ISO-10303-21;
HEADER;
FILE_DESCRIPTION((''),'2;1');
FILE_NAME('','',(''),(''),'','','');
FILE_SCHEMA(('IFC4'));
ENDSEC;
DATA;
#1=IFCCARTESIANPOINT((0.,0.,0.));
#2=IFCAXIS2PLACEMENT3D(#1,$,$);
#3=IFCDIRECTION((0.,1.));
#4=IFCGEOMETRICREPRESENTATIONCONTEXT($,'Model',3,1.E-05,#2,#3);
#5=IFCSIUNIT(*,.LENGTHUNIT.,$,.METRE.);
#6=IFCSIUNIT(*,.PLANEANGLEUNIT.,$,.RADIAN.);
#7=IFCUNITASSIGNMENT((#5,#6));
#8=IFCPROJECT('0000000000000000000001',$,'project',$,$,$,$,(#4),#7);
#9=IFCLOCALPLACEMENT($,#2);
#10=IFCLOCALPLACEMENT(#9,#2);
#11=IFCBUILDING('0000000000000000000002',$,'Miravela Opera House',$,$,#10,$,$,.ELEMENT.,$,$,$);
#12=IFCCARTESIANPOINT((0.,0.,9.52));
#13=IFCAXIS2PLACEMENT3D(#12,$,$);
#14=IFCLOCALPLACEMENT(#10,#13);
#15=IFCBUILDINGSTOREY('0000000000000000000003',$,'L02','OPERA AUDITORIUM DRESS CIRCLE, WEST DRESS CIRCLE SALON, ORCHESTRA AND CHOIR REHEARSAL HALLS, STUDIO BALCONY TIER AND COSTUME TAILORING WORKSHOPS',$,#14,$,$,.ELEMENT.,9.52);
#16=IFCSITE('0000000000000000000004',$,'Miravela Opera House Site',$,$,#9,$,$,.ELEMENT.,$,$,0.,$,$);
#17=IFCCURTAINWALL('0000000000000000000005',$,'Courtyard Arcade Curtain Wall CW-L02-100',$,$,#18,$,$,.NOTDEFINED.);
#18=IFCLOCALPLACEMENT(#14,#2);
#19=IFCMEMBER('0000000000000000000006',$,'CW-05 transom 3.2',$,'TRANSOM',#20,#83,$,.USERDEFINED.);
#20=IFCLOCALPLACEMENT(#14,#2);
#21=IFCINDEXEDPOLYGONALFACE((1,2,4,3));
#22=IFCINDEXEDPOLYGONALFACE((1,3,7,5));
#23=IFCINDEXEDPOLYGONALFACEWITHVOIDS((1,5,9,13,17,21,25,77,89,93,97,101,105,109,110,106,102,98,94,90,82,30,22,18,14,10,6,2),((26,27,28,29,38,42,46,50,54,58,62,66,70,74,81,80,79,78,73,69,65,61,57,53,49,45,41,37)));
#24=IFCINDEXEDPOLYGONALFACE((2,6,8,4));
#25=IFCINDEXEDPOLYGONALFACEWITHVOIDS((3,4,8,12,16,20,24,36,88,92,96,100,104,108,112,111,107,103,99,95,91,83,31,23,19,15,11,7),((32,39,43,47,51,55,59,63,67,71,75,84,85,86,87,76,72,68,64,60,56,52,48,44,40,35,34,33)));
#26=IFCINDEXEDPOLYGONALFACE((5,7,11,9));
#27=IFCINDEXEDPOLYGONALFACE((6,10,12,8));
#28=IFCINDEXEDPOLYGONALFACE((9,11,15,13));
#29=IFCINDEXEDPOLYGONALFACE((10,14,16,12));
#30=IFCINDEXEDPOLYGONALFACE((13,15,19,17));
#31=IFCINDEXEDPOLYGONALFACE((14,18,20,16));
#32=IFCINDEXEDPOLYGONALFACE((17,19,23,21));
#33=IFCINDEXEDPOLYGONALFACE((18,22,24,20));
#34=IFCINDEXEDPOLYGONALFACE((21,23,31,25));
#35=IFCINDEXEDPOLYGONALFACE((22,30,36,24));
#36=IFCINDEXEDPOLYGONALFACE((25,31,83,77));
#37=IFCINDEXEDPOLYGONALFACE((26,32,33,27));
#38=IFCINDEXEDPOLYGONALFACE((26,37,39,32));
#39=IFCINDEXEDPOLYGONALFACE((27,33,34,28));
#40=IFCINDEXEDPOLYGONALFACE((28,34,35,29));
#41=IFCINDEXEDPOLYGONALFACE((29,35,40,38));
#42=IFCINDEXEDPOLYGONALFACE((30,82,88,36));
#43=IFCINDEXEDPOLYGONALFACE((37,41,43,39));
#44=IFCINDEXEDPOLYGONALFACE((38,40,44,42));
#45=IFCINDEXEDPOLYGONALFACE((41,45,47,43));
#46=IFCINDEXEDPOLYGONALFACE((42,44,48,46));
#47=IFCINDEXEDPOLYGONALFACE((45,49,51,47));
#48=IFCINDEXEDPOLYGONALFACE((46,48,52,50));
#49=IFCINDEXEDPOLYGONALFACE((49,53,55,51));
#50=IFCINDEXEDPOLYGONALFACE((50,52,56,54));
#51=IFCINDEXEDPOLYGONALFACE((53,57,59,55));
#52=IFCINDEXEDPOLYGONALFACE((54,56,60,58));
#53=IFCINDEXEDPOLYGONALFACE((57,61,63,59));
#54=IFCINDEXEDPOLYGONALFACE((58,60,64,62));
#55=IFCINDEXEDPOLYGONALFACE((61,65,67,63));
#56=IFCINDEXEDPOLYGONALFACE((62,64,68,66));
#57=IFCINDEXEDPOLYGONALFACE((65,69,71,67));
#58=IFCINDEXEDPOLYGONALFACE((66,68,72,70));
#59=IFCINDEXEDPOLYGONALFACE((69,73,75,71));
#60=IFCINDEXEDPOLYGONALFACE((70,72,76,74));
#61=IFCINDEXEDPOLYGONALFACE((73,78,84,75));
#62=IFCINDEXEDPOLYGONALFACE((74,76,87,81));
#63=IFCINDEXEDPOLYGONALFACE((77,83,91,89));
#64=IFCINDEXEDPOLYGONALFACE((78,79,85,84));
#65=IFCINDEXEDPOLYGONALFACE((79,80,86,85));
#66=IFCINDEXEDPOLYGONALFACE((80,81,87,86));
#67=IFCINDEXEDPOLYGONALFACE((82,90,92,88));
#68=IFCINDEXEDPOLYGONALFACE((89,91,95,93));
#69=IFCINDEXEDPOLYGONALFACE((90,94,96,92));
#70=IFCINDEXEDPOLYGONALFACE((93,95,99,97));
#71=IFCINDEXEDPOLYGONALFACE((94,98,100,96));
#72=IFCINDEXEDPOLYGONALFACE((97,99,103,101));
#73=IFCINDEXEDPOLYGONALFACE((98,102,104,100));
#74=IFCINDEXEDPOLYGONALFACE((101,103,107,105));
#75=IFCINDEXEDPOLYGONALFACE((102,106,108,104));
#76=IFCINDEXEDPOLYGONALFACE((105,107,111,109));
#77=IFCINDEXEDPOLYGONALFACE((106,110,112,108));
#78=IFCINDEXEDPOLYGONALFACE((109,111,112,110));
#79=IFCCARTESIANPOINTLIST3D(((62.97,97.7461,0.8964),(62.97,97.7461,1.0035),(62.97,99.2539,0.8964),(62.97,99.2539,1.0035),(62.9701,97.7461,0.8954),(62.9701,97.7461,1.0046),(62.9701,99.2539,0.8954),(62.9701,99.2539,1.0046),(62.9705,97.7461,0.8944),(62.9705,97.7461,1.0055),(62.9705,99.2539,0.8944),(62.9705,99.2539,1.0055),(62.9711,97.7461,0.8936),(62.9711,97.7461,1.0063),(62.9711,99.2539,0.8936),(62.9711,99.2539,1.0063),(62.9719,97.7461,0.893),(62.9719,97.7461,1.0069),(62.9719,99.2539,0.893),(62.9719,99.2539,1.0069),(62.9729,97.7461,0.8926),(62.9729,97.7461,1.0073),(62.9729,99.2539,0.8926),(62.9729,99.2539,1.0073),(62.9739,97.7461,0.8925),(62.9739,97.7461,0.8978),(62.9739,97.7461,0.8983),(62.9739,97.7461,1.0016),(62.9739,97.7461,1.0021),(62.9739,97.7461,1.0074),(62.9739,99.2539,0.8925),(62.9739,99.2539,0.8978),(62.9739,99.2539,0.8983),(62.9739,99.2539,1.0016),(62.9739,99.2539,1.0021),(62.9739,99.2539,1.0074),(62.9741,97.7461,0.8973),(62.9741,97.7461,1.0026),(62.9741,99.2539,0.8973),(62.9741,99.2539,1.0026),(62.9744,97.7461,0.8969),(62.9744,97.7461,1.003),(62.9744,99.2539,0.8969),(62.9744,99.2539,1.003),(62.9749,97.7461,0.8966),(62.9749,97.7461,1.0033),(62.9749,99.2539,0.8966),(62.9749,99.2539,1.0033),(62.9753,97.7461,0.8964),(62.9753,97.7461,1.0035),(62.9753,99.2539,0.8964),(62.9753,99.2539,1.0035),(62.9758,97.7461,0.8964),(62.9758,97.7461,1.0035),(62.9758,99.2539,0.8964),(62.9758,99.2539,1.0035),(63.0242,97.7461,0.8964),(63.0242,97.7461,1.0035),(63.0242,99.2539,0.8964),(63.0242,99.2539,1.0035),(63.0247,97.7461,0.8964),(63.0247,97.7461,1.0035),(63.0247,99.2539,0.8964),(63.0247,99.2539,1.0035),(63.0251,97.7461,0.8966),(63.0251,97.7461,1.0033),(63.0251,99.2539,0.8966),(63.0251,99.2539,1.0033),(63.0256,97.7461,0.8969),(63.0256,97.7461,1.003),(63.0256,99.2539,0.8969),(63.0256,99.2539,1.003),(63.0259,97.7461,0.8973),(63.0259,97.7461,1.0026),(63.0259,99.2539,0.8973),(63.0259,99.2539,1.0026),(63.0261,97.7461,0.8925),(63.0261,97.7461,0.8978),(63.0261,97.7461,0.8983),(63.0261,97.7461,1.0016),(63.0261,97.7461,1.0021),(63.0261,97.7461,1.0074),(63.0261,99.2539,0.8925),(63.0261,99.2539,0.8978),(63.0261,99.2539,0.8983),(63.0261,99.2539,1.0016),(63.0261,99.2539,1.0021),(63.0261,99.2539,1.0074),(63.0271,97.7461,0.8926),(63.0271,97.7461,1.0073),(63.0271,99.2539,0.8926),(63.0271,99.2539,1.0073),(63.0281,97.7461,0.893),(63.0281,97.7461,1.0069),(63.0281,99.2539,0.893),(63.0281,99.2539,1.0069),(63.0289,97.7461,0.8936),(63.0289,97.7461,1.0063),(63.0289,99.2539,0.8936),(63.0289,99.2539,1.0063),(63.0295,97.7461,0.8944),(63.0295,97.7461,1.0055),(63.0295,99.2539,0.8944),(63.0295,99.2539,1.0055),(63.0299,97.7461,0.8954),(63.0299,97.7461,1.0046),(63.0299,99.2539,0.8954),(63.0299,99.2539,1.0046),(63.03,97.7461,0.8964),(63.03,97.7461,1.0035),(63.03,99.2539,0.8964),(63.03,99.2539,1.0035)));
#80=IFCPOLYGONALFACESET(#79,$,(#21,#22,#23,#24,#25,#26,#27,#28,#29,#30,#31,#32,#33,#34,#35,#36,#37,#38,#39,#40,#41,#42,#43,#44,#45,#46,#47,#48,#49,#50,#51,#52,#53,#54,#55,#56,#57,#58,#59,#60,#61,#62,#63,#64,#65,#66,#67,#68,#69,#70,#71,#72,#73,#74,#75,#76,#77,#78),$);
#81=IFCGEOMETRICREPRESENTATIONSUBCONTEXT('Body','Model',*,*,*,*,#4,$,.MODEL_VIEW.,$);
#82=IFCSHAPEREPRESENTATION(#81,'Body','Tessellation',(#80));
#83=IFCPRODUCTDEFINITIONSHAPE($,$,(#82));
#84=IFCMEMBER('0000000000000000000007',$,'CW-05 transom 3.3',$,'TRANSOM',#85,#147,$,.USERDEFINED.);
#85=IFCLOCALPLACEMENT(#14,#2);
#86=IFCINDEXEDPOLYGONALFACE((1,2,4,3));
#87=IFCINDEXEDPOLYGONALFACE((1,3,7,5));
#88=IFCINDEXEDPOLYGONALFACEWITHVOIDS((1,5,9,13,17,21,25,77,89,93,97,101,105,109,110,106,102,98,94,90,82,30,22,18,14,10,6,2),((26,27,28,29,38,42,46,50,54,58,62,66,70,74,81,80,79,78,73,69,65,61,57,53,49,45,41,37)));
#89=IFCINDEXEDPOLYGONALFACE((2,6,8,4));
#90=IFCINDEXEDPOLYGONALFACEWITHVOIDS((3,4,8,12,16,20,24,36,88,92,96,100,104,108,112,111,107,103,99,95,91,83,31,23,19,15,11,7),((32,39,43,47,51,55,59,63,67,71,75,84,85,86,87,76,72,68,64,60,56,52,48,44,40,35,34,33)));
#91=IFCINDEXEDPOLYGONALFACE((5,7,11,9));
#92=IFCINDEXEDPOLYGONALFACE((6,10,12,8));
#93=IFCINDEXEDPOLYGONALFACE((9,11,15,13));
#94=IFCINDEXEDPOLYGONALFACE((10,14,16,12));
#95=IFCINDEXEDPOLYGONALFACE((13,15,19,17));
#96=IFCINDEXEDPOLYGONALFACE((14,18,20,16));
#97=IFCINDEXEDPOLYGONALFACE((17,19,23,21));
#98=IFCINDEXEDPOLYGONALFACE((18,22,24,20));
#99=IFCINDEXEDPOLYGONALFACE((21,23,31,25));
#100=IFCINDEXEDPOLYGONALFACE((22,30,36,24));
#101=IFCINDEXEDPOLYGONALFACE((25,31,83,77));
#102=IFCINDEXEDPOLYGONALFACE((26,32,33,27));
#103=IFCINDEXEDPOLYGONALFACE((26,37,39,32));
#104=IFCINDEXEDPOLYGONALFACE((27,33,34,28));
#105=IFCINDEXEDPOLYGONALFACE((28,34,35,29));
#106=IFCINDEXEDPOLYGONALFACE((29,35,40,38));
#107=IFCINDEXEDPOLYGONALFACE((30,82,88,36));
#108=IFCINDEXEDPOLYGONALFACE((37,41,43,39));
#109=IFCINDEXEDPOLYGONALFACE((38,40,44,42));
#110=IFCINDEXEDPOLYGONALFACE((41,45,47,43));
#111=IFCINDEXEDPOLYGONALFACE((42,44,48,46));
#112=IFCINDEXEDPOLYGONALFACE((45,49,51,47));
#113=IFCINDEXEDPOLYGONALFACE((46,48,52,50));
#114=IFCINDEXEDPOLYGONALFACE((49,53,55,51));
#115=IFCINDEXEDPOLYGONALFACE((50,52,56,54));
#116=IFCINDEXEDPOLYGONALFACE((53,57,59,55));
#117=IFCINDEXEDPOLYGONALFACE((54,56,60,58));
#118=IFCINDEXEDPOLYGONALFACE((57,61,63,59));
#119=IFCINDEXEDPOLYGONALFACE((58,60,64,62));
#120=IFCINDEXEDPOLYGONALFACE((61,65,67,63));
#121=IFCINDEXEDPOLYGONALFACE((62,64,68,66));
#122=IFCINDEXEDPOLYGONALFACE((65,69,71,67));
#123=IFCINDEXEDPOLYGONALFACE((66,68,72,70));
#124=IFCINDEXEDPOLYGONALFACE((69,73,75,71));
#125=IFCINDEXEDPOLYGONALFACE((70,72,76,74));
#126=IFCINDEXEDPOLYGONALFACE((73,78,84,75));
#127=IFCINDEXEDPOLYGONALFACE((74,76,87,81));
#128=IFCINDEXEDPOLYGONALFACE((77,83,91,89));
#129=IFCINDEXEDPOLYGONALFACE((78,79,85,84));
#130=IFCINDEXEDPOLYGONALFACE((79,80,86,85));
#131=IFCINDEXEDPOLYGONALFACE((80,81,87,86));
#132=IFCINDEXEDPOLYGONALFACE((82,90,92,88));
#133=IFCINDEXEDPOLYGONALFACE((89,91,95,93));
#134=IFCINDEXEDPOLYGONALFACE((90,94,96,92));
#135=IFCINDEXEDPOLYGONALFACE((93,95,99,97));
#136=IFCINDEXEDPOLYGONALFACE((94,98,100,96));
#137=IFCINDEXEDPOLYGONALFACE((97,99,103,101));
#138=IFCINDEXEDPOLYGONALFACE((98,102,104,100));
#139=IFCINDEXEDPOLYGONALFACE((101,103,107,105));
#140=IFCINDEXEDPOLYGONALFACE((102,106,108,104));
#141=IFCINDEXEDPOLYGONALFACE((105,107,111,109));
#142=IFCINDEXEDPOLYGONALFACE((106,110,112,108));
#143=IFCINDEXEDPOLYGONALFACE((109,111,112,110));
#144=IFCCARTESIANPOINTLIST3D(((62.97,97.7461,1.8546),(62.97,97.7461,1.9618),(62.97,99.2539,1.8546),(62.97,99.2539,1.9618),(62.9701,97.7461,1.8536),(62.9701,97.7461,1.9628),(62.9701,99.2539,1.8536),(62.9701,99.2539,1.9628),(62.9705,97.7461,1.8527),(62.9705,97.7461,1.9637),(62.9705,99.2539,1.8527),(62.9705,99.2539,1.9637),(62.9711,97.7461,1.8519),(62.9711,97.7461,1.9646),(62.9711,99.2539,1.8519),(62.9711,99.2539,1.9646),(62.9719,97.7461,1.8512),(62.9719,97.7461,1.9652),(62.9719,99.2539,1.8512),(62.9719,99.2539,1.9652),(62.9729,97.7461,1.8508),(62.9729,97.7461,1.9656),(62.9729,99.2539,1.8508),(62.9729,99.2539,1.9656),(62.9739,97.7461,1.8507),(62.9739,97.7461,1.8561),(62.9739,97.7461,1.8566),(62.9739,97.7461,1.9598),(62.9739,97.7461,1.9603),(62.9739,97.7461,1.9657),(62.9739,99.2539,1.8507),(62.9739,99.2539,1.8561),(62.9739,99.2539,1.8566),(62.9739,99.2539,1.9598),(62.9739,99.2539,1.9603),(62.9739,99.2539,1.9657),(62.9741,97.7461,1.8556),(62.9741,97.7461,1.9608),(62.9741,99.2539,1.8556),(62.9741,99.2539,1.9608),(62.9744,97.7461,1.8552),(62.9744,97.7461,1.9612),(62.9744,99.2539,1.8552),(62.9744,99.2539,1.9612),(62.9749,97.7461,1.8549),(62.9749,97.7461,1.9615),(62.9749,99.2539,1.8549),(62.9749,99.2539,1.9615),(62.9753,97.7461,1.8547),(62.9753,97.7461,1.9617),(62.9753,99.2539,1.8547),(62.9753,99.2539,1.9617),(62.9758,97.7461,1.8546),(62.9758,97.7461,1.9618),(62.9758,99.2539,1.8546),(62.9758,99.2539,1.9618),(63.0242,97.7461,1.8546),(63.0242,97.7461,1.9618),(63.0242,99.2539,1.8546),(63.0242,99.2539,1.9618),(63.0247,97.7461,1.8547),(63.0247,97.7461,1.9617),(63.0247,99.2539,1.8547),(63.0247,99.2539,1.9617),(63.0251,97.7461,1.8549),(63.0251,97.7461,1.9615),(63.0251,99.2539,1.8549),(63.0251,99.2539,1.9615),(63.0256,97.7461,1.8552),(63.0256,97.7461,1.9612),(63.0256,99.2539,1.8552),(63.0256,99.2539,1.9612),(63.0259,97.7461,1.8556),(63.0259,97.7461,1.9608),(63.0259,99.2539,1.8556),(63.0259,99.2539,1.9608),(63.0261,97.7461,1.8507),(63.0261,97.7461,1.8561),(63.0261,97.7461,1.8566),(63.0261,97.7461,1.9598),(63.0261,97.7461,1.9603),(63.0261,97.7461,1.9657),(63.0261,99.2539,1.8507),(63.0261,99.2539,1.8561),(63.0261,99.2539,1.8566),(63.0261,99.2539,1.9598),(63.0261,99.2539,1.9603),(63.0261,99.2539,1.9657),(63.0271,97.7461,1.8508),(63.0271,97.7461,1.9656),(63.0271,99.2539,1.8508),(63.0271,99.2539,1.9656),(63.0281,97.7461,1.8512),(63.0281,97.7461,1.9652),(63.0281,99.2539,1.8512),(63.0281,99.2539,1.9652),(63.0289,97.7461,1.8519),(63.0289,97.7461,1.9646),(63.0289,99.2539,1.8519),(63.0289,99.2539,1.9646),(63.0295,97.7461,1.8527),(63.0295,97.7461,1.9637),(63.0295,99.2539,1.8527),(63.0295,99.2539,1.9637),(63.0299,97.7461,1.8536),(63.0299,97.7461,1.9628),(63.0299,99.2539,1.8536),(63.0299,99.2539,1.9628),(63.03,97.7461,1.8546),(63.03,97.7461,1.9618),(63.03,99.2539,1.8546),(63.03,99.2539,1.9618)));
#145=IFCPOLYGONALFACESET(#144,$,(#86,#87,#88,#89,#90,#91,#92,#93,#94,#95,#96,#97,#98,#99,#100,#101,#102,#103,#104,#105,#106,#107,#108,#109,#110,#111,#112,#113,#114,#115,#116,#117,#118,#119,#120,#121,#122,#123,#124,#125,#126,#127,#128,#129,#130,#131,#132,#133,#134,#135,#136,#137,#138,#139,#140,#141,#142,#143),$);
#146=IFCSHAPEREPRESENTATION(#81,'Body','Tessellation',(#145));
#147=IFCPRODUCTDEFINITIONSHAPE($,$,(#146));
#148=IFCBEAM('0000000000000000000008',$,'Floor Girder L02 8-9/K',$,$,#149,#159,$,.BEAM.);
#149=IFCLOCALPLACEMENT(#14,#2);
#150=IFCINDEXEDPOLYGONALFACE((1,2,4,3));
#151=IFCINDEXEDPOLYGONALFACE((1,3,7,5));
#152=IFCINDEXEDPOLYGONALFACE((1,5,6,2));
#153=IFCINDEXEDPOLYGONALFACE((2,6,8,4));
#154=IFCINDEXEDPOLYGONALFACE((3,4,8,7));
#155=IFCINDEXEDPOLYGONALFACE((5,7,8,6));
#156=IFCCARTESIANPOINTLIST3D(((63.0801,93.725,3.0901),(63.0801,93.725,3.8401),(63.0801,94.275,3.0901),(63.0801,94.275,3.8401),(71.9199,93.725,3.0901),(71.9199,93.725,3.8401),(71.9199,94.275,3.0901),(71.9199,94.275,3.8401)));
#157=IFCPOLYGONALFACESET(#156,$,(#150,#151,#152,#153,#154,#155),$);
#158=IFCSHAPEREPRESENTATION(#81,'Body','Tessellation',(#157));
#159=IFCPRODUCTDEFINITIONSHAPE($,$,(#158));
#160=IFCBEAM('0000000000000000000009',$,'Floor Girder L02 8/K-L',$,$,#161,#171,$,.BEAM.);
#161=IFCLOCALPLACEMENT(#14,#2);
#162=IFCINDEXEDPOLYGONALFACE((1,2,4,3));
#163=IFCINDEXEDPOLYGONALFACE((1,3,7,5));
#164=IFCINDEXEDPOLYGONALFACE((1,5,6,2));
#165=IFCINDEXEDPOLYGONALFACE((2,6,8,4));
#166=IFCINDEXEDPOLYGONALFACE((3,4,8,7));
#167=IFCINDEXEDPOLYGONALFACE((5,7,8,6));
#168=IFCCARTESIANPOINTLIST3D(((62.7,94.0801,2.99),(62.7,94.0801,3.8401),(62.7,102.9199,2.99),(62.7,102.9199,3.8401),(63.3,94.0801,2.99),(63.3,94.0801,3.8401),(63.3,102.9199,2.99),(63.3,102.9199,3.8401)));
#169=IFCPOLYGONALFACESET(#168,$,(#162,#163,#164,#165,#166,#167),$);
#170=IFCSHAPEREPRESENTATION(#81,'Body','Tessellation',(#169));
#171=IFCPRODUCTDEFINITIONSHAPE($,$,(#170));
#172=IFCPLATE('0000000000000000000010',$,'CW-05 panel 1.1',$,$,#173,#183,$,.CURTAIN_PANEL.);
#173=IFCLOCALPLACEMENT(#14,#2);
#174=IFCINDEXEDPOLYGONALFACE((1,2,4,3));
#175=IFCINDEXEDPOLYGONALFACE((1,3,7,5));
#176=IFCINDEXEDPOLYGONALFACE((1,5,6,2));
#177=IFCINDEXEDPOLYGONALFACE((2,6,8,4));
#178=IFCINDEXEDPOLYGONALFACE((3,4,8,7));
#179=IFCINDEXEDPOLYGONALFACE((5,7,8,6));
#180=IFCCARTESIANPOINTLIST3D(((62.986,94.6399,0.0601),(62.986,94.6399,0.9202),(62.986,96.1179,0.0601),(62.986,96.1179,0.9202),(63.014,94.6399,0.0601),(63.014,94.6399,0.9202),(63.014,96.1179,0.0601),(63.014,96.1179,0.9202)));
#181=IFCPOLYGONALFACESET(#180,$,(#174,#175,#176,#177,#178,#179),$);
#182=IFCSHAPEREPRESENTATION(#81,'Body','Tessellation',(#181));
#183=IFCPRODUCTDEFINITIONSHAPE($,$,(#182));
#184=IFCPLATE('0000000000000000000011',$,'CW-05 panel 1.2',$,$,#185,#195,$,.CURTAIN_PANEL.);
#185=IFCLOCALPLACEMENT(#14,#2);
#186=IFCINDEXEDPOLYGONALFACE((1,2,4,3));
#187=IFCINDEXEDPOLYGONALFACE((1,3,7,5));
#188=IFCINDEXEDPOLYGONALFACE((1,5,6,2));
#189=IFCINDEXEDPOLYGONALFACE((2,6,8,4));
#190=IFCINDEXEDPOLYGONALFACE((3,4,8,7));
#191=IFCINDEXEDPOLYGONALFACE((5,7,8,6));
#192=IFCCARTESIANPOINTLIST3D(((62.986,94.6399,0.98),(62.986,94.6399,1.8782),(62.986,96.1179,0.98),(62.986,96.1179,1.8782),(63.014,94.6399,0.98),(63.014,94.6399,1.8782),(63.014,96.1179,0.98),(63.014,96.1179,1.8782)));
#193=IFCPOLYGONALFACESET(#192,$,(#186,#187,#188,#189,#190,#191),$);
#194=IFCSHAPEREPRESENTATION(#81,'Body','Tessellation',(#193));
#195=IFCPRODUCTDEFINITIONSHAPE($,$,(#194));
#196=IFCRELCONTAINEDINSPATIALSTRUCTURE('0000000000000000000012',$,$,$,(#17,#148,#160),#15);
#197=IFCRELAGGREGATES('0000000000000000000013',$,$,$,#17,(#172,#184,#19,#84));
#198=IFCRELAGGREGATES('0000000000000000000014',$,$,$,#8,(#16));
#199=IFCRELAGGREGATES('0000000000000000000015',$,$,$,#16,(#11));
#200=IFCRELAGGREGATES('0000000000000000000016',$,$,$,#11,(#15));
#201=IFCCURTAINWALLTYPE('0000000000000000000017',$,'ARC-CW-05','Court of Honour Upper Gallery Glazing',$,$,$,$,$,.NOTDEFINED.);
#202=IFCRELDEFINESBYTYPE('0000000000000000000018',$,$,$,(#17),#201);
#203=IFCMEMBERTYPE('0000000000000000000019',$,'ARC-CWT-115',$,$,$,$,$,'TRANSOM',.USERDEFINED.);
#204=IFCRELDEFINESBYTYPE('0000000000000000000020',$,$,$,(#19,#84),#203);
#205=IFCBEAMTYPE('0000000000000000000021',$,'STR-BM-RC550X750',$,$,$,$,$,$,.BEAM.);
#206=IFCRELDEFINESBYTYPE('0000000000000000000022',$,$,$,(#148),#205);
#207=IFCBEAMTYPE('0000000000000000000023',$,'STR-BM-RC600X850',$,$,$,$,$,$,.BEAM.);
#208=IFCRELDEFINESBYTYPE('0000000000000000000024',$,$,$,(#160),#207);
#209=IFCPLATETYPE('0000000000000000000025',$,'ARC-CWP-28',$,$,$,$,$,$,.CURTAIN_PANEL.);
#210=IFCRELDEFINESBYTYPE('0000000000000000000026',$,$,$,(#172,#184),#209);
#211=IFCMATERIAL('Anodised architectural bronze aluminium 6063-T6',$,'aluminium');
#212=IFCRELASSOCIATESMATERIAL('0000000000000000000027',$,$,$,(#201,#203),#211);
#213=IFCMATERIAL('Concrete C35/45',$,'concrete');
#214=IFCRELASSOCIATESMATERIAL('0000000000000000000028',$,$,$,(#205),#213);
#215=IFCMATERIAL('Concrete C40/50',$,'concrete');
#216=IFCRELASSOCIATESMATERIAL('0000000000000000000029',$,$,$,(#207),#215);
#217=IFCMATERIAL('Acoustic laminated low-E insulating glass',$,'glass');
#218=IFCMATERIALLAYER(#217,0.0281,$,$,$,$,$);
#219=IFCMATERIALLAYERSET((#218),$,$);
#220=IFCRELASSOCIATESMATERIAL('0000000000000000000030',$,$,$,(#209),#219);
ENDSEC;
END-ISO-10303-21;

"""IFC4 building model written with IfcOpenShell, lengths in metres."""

from ifc_helpers import new_model, si_unit, direction, frame, origin, origin_2d, place, context, subcontext, project, spatial, rectangle, hollow_rectangle, extrude, material, layer, layer_set, material_profile, profile_set, type_object, element, aggregate, save


model = new_model("IFC4")

# Units and contexts
model_context = context("Model", 3, precision=1e-05, world=origin(), true_north=direction((0.0, 1.0)))
body_context = subcontext(model_context, "Body", "Model", "MODEL_VIEW")
ifc_project = project(units=[si_unit("LENGTHUNIT", "METRE"), si_unit("PLANEANGLEUNIT", "RADIAN")], contexts=[model_context])

# Site, building, storey
site_placement = place(None, origin())
site = spatial("IfcSite", under=ifc_project, at=site_placement, Name="Miravela Opera House Site", CompositionType="ELEMENT", RefElevation=0.0)
building_placement = place(site_placement, origin())
building = spatial("IfcBuilding", under=site, at=building_placement, Name="Miravela Opera House", CompositionType="ELEMENT")
storey_placement = place(building_placement, frame((0.0, 0.0, 9.52)))
storey = spatial("IfcBuildingStorey", under=building, at=storey_placement, Name="L02", Description="OPERA AUDITORIUM DRESS CIRCLE, WEST DRESS CIRCLE SALON, ORCHESTRA AND CHOIR REHEARSAL HALLS, STUDIO BALCONY TIER AND COSTUME TAILORING WORKSHOPS", CompositionType="ELEMENT", Elevation=9.52)

# Shared definitions
ifc_material_1 = material(Name="Concrete C35/45", Category="concrete")

# Curtain wall, members
ifc_material_2 = material(Name="Anodised architectural bronze aluminium 6063-T6", Category="aluminium")
curtain_wall_type = type_object("IfcCurtainWallType", Name="ARC-CW-05", Description="Court of Honour Upper Gallery Glazing", PredefinedType="NOTDEFINED", material=ifc_material_2)
curtain_wall_placement = place(storey_placement, origin())
curtain_wall = element("IfcCurtainWall", 1, at=curtain_wall_placement, inside=storey, type_object=curtain_wall_type, Name="Courtyard Arcade Curtain Wall CW-L02-100", PredefinedType="NOTDEFINED")
ifc_material_profile_1 = material_profile(ifc_material_2, hollow_rectangle(XDim=0.0601, YDim=0.115, WallThickness=0.0039, InnerFilletRadius=0.002, OuterFilletRadius=0.0039, at=origin_2d()), Name="CWT-60X115")
ifc_profile_set_1 = profile_set([ifc_material_profile_1])
member_type_1 = type_object("IfcMemberType", Name="ARC-CWT-115", ElementType="TRANSOM", PredefinedType="USERDEFINED", material=ifc_profile_set_1)
member_1_placement = place(storey_placement, frame((63.0, 97.7461, 0.95), z_axis=(0.0, 1.0, 0.0), x_axis=(-1.0, 0.0, 0.0)))
member_1 = element("IfcMember", 2, at=member_1_placement, type_object=member_type_1, Name="CW-05 transom 3.2", ObjectType="TRANSOM", PredefinedType="USERDEFINED", context=body_context, shape_type="SweptSolid", body=[
    extrude(hollow_rectangle(XDim=0.0601, YDim=0.115, WallThickness=0.0039, InnerFilletRadius=0.002, OuterFilletRadius=0.0039, at=origin_2d()), origin(), (0.0, 0.0, 1.0), 1.5078),
])
member_2_placement = place(storey_placement, frame((63.0, 97.7461, 1.9082), z_axis=(0.0, 1.0, 0.0), x_axis=(-1.0, 0.0, 0.0)))
member_2 = element("IfcMember", 3, at=member_2_placement, type_object=member_type_1, Name="CW-05 transom 3.3", ObjectType="TRANSOM", PredefinedType="USERDEFINED", context=body_context, shape_type="SweptSolid", body=[
    extrude(hollow_rectangle(XDim=0.0601, YDim=0.115, WallThickness=0.0039, InnerFilletRadius=0.002, OuterFilletRadius=0.0039, at=origin_2d()), origin(), (0.0, 0.0, 1.0), 1.5078),
])

# Beams
ifc_material_profile_2 = material_profile(ifc_material_1, rectangle(XDim=0.55, YDim=0.75, at=origin_2d()), Name="RC-BM-550X750")
ifc_profile_set_2 = profile_set([ifc_material_profile_2])
beam_type_1 = type_object("IfcBeamType", Name="STR-BM-RC550X750", PredefinedType="BEAM", material=ifc_profile_set_2)
beam_1_placement = place(storey_placement, frame((63.0801, 94.0, 3.4651), z_axis=(1.0, 0.0, 0.0), x_axis=(0.0, 1.0, 0.0)))
element("IfcBeam", 4, at=beam_1_placement, inside=storey, type_object=beam_type_1, Name="Floor Girder L02 8-9/K", PredefinedType="BEAM", context=body_context, shape_type="SweptSolid", body=[
    extrude(rectangle(XDim=0.55, YDim=0.75, at=origin_2d()), origin(), (0.0, 0.0, 1.0), 8.8398),
])
ifc_material_3 = material(Name="Concrete C40/50", Category="concrete")
ifc_material_profile_3 = material_profile(ifc_material_3, rectangle(XDim=0.6001, YDim=0.8501, at=origin_2d()), Name="RC-BM-600X850")
ifc_profile_set_3 = profile_set([ifc_material_profile_3])
beam_type_2 = type_object("IfcBeamType", Name="STR-BM-RC600X850", PredefinedType="BEAM", material=ifc_profile_set_3)
beam_2_placement = place(storey_placement, frame((63.0, 94.0801, 3.415), z_axis=(0.0, 1.0, 0.0), x_axis=(-1.0, 0.0, 0.0)))
element("IfcBeam", 5, at=beam_2_placement, inside=storey, type_object=beam_type_2, Name="Floor Girder L02 8/K-L", PredefinedType="BEAM", context=body_context, shape_type="SweptSolid", body=[
    extrude(rectangle(XDim=0.6001, YDim=0.8501, at=origin_2d()), origin(), (0.0, 0.0, 1.0), 8.8398),
])

# Plates
ifc_material_4 = material(Name="Acoustic laminated low-E insulating glass", Category="glass")
ifc_layer_1 = layer(ifc_material_4, 0.0281)
ifc_layer_set_1 = layer_set([ifc_layer_1])
plate_type = type_object("IfcPlateType", Name="ARC-CWP-28", PredefinedType="CURTAIN_PANEL", material=ifc_layer_set_1)
plate_1_placement = place(storey_placement, frame((63.0, 95.3789, 0.0601), z_axis=(0.0, 0.0, 1.0), x_axis=(0.0, 1.0, 0.0)))
plate_1 = element("IfcPlate", 6, at=plate_1_placement, type_object=plate_type, Name="CW-05 panel 1.1", PredefinedType="CURTAIN_PANEL", context=body_context, shape_type="SweptSolid", body=[
    extrude(rectangle(XDim=1.478, YDim=0.0281, at=origin_2d()), origin(), (0.0, 0.0, 1.0), 0.8601),
])
plate_2_placement = place(storey_placement, frame((63.0, 95.3789, 0.98), z_axis=(0.0, 0.0, 1.0), x_axis=(0.0, 1.0, 0.0)))
plate_2 = element("IfcPlate", 7, at=plate_2_placement, type_object=plate_type, Name="CW-05 panel 1.2", PredefinedType="CURTAIN_PANEL", context=body_context, shape_type="SweptSolid", body=[
    extrude(rectangle(XDim=1.478, YDim=0.0281, at=origin_2d()), origin(), (0.0, 0.0, 1.0), 0.8982),
])
aggregate(curtain_wall, [plate_1, plate_2, member_1, member_2])

save(model, "model.ifc")
